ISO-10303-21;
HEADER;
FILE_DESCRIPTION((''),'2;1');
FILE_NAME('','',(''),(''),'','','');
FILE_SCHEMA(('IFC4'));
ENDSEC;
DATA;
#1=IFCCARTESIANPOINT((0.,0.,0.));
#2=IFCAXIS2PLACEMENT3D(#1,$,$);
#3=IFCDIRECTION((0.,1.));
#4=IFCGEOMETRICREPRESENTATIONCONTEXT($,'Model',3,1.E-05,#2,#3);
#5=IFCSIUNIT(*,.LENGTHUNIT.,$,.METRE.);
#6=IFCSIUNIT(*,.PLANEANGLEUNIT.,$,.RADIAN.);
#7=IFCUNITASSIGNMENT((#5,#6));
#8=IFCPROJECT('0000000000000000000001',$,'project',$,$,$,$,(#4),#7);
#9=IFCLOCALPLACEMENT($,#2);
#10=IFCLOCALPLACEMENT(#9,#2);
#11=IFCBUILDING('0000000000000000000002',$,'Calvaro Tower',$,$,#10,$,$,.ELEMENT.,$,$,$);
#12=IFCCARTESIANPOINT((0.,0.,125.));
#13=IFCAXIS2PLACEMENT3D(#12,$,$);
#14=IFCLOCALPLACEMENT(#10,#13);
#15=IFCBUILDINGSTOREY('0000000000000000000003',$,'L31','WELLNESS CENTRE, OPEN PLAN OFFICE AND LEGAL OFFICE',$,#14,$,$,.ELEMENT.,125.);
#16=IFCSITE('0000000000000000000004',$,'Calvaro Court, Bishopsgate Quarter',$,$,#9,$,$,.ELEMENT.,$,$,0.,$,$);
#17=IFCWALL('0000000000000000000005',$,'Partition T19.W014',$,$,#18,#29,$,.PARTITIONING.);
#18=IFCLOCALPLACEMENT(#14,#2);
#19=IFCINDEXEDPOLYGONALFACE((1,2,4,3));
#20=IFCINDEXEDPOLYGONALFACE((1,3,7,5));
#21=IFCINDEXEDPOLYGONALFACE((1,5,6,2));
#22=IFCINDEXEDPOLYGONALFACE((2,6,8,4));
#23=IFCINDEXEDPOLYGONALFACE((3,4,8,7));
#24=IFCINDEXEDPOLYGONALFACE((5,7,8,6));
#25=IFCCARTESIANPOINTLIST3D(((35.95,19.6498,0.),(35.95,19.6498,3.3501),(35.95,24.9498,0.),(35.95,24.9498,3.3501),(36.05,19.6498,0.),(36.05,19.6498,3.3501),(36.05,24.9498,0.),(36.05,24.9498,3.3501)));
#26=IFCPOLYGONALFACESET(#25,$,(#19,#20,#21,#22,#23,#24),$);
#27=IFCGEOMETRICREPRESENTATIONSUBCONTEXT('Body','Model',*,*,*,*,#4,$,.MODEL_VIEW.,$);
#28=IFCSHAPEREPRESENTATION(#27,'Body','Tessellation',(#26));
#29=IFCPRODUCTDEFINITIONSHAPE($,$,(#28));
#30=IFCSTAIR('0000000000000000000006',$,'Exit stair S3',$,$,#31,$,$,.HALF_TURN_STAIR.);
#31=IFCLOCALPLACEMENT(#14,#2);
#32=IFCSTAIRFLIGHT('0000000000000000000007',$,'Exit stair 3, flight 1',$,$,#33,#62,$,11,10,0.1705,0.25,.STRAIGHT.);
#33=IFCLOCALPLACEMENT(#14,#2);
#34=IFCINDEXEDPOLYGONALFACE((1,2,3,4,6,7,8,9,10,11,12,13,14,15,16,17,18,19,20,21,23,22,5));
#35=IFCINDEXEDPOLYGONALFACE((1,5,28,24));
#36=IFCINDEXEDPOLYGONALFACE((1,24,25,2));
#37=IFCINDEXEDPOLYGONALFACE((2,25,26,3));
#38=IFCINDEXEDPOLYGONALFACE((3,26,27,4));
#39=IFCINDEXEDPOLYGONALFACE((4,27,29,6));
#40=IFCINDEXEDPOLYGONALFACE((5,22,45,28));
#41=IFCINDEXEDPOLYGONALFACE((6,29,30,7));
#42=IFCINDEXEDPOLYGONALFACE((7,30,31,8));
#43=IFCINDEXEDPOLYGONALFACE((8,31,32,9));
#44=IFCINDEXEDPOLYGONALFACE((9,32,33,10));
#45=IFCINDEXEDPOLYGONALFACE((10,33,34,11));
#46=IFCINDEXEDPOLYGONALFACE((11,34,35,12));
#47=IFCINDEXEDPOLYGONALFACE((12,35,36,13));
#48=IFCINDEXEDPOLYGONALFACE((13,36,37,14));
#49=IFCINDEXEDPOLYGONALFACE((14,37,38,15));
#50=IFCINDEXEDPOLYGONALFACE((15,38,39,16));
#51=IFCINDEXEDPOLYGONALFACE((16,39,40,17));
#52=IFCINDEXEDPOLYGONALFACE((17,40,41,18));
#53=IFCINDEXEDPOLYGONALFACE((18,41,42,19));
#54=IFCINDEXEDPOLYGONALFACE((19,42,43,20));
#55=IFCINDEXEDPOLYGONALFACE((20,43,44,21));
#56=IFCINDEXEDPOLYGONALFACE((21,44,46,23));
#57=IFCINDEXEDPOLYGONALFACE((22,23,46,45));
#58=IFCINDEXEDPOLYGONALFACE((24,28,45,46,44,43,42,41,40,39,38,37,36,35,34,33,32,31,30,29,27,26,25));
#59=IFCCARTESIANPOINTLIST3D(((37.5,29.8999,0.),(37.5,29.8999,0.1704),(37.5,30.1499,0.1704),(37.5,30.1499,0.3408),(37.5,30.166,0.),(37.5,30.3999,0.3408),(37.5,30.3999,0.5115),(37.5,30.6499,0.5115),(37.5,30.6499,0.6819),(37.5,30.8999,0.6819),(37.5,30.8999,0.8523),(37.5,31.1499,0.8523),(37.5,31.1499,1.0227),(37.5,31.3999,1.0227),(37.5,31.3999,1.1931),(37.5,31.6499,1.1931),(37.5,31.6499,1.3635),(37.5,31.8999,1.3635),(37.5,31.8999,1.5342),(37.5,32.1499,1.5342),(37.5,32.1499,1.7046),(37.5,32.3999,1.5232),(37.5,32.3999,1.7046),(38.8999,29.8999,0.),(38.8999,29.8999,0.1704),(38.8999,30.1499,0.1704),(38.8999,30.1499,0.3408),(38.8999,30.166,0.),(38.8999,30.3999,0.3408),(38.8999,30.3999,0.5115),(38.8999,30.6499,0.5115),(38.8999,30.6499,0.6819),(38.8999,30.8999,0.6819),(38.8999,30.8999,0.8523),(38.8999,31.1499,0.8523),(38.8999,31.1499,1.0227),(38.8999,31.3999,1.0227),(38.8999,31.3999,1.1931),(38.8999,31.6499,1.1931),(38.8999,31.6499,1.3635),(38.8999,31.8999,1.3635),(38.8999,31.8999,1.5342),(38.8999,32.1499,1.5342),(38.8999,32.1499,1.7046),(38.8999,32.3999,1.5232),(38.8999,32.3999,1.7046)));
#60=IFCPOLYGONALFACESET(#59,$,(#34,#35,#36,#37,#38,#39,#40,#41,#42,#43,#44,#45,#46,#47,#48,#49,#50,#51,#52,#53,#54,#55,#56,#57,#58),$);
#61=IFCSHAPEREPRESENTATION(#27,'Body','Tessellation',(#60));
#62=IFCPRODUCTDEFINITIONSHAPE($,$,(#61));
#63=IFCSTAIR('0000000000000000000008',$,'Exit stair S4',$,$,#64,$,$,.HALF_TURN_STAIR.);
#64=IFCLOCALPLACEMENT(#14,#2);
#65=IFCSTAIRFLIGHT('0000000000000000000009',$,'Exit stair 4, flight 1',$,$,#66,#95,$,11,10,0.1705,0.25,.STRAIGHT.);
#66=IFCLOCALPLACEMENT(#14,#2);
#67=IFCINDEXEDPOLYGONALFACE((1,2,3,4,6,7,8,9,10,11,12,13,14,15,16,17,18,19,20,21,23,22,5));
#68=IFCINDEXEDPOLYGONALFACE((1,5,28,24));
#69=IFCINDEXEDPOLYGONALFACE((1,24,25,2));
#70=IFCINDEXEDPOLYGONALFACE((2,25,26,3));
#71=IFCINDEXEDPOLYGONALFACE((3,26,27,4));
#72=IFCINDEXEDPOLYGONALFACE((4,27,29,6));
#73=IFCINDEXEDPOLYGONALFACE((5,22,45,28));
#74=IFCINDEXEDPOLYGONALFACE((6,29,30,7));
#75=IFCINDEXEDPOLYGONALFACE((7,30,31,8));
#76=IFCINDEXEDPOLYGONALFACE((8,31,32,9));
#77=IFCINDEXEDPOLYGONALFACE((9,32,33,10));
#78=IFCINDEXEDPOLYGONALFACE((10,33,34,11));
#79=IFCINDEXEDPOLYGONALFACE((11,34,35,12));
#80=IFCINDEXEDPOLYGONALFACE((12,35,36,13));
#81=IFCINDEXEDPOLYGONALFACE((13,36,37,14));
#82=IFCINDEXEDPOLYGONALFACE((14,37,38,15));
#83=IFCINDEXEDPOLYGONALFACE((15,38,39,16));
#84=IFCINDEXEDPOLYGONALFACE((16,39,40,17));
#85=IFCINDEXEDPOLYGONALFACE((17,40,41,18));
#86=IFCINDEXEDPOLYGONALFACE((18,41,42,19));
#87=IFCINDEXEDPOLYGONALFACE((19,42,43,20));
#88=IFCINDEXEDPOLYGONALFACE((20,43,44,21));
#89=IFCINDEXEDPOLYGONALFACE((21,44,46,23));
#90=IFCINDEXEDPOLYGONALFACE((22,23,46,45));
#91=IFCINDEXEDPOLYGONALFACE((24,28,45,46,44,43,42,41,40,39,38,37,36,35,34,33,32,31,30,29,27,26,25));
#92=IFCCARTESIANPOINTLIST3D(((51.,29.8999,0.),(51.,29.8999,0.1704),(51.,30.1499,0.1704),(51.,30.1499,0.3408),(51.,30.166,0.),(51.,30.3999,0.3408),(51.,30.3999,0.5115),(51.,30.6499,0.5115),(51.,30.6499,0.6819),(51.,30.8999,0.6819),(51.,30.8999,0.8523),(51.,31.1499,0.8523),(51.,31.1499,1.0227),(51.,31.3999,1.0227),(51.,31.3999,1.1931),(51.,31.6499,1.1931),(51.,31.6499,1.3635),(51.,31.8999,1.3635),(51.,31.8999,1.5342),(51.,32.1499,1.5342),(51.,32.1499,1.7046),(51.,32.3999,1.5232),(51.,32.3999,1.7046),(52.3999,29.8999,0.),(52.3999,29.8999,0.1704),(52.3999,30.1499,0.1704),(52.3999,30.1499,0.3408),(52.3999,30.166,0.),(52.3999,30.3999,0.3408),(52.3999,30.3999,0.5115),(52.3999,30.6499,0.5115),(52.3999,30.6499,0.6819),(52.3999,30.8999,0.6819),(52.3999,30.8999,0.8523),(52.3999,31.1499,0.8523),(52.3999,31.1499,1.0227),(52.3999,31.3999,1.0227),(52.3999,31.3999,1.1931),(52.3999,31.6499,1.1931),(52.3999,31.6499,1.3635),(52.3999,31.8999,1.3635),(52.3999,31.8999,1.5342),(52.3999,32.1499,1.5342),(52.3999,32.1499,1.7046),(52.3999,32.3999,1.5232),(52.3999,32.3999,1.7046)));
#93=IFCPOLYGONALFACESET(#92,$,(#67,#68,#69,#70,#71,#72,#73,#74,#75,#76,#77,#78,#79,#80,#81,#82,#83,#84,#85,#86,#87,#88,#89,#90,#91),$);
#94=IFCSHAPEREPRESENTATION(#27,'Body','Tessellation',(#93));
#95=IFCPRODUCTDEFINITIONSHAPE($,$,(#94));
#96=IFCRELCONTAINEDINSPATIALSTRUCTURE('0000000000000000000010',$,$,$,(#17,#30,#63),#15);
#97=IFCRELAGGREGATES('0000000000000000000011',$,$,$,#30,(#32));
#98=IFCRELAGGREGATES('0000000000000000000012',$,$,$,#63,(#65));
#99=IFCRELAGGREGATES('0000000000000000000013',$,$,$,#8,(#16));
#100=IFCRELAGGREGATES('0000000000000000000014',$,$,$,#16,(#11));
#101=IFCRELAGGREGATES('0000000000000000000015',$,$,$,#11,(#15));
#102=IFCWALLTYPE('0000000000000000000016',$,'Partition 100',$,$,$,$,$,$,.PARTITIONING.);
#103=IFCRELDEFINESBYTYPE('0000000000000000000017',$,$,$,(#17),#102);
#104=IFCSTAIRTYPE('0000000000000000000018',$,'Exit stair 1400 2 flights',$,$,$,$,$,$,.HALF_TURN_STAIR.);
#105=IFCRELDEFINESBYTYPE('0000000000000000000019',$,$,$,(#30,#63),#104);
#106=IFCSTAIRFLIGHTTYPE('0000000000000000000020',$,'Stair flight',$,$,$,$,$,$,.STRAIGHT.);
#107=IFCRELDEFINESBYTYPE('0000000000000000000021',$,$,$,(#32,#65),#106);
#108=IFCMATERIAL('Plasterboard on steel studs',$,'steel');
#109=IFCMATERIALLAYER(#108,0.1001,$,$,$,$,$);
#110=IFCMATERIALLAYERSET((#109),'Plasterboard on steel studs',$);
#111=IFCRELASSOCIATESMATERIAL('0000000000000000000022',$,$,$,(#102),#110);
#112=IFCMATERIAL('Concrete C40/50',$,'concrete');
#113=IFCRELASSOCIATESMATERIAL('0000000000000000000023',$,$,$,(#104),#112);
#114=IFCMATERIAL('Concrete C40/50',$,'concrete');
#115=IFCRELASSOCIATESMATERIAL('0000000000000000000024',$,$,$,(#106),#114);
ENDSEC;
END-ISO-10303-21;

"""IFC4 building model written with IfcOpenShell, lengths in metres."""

from ifc_helpers import new_model, si_unit, direction, frame, frame_2d, origin, place, context, subcontext, project, spatial, polyline, rectangle, outline, extrude, material, layer, layer_set, type_object, element, aggregate, save


model = new_model("IFC4")

# Units and contexts
model_context = context("Model", 3, precision=1e-05, world=origin(), true_north=direction((0.0, 1.0)))
body_context = subcontext(model_context, "Body", "Model", "MODEL_VIEW")
ifc_project = project(units=[si_unit("LENGTHUNIT", "METRE"), si_unit("PLANEANGLEUNIT", "RADIAN")], contexts=[model_context])

# Site, building, storey
site_placement = place(None, origin())
site = spatial("IfcSite", under=ifc_project, at=site_placement, Name="Calvaro Court, Bishopsgate Quarter", CompositionType="ELEMENT", RefElevation=0.0)
building_placement = place(site_placement, origin())
building = spatial("IfcBuilding", under=site, at=building_placement, Name="Calvaro Tower", CompositionType="ELEMENT")
storey_placement = place(building_placement, frame((0.0, 0.0, 125.0)))
storey = spatial("IfcBuildingStorey", under=building, at=storey_placement, Name="L31", Description="WELLNESS CENTRE, OPEN PLAN OFFICE AND LEGAL OFFICE", CompositionType="ELEMENT", Elevation=125.0)

# Shared definitions
ifc_material_1 = material(Name="Plasterboard on steel studs", Category="steel")
ifc_layer_1 = layer(ifc_material_1, 0.1001)
ifc_layer_set_1 = layer_set([ifc_layer_1], Name="Plasterboard on steel studs")
wall_type_1 = type_object("IfcWallType", Name="Partition 100", PredefinedType="PARTITIONING", material=ifc_layer_set_1)

# Wall
wall_1_placement = place(storey_placement, frame((36.0, 19.6499, 0.0), z_axis=(0.0, 0.0, 1.0), x_axis=(0.0, 1.0, 0.0)))
element("IfcWall", 1, at=wall_1_placement, inside=storey, type_object=wall_type_1, Name="Partition T19.W014", PredefinedType="PARTITIONING", context=body_context, shape_type="SweptSolid", body=[
    extrude(rectangle(XDim=5.3, YDim=0.1001, at=frame_2d((2.6499, 0.0))), origin(), (0.0, 0.0, 1.0), 3.3501),
])

# Stairs, stair flights
ifc_material_2 = material(Name="Concrete C40/50", Category="concrete")
stair_type = type_object("IfcStairType", Name="Exit stair 1400 2 flights", PredefinedType="HALF_TURN_STAIR", material=ifc_material_2)
stair_1_placement = place(storey_placement, origin())
stair_1 = element("IfcStair", 2, at=stair_1_placement, inside=storey, type_object=stair_type, Name="Exit stair S3", PredefinedType="HALF_TURN_STAIR")
ifc_material_3 = material(Name="Concrete C40/50", Category="concrete")
stair_flight_type = type_object("IfcStairFlightType", Name="Stair flight", PredefinedType="STRAIGHT", material=ifc_material_3)
stair_flight_1_placement = place(storey_placement, frame((38.2, 29.8999, 0.0), z_axis=(0.0, 0.0, 1.0), x_axis=(0.0, 1.0, 0.0)))
stair_flight_1 = element("IfcStairFlight", 3, at=stair_flight_1_placement, type_object=stair_flight_type, Name="Exit stair 3, flight 1", NumberOfRisers=11, NumberOfTreads=10, PredefinedType="STRAIGHT", RiserHeight=0.1705, TreadLength=0.25, context=body_context, shape_type="SweptSolid", body=[
    extrude(outline(polyline([(0.0, 0.0), (0.0, 0.1704), (0.25, 0.1704), (0.25, 0.3408), (0.5, 0.3408), (0.5, 0.5115), (0.75, 0.5115), (0.75, 0.6819), (1.0, 0.6819), (1.0, 0.8523), (1.25, 0.8523), (1.25, 1.0227), (1.5, 1.0227), (1.5, 1.1931), (1.75, 1.1931), (1.75, 1.3635), (2.0, 1.3635), (2.0, 1.5342), (2.25, 1.5342), (2.25, 1.7046), (2.5, 1.7046), (2.5, 1.875), (2.5, 1.5232), (0.2661, 0.0), (0.0, 0.0)])), frame((0.0, 0.7, 0.0), z_axis=(0.0, -1.0, 0.0), x_axis=(1.0, 0.0, 0.0)), (0.0, 0.0, 1.0), 1.3999),
])
stair_2_placement = place(storey_placement, origin())
stair_2 = element("IfcStair", 4, at=stair_2_placement, inside=storey, type_object=stair_type, Name="Exit stair S4", PredefinedType="HALF_TURN_STAIR")
stair_flight_2_placement = place(storey_placement, frame((51.7, 29.8999, 0.0), z_axis=(0.0, 0.0, 1.0), x_axis=(0.0, 1.0, 0.0)))
stair_flight_2 = element("IfcStairFlight", 5, at=stair_flight_2_placement, type_object=stair_flight_type, Name="Exit stair 4, flight 1", NumberOfRisers=11, NumberOfTreads=10, PredefinedType="STRAIGHT", RiserHeight=0.1705, TreadLength=0.25, context=body_context, shape_type="SweptSolid", body=[
    extrude(outline(polyline([(0.0, 0.0), (0.0, 0.1704), (0.25, 0.1704), (0.25, 0.3408), (0.5, 0.3408), (0.5, 0.5115), (0.75, 0.5115), (0.75, 0.6819), (1.0, 0.6819), (1.0, 0.8523), (1.25, 0.8523), (1.25, 1.0227), (1.5, 1.0227), (1.5, 1.1931), (1.75, 1.1931), (1.75, 1.3635), (2.0, 1.3635), (2.0, 1.5342), (2.25, 1.5342), (2.25, 1.7046), (2.5, 1.7046), (2.5, 1.875), (2.5, 1.5232), (0.2661, 0.0), (0.0, 0.0)])), frame((0.0, 0.7, 0.0), z_axis=(0.0, -1.0, 0.0), x_axis=(1.0, 0.0, 0.0)), (0.0, 0.0, 1.0), 1.3999),
])

aggregate(stair_1, [stair_flight_1])
aggregate(stair_2, [stair_flight_2])

save(model, "model.ifc")
